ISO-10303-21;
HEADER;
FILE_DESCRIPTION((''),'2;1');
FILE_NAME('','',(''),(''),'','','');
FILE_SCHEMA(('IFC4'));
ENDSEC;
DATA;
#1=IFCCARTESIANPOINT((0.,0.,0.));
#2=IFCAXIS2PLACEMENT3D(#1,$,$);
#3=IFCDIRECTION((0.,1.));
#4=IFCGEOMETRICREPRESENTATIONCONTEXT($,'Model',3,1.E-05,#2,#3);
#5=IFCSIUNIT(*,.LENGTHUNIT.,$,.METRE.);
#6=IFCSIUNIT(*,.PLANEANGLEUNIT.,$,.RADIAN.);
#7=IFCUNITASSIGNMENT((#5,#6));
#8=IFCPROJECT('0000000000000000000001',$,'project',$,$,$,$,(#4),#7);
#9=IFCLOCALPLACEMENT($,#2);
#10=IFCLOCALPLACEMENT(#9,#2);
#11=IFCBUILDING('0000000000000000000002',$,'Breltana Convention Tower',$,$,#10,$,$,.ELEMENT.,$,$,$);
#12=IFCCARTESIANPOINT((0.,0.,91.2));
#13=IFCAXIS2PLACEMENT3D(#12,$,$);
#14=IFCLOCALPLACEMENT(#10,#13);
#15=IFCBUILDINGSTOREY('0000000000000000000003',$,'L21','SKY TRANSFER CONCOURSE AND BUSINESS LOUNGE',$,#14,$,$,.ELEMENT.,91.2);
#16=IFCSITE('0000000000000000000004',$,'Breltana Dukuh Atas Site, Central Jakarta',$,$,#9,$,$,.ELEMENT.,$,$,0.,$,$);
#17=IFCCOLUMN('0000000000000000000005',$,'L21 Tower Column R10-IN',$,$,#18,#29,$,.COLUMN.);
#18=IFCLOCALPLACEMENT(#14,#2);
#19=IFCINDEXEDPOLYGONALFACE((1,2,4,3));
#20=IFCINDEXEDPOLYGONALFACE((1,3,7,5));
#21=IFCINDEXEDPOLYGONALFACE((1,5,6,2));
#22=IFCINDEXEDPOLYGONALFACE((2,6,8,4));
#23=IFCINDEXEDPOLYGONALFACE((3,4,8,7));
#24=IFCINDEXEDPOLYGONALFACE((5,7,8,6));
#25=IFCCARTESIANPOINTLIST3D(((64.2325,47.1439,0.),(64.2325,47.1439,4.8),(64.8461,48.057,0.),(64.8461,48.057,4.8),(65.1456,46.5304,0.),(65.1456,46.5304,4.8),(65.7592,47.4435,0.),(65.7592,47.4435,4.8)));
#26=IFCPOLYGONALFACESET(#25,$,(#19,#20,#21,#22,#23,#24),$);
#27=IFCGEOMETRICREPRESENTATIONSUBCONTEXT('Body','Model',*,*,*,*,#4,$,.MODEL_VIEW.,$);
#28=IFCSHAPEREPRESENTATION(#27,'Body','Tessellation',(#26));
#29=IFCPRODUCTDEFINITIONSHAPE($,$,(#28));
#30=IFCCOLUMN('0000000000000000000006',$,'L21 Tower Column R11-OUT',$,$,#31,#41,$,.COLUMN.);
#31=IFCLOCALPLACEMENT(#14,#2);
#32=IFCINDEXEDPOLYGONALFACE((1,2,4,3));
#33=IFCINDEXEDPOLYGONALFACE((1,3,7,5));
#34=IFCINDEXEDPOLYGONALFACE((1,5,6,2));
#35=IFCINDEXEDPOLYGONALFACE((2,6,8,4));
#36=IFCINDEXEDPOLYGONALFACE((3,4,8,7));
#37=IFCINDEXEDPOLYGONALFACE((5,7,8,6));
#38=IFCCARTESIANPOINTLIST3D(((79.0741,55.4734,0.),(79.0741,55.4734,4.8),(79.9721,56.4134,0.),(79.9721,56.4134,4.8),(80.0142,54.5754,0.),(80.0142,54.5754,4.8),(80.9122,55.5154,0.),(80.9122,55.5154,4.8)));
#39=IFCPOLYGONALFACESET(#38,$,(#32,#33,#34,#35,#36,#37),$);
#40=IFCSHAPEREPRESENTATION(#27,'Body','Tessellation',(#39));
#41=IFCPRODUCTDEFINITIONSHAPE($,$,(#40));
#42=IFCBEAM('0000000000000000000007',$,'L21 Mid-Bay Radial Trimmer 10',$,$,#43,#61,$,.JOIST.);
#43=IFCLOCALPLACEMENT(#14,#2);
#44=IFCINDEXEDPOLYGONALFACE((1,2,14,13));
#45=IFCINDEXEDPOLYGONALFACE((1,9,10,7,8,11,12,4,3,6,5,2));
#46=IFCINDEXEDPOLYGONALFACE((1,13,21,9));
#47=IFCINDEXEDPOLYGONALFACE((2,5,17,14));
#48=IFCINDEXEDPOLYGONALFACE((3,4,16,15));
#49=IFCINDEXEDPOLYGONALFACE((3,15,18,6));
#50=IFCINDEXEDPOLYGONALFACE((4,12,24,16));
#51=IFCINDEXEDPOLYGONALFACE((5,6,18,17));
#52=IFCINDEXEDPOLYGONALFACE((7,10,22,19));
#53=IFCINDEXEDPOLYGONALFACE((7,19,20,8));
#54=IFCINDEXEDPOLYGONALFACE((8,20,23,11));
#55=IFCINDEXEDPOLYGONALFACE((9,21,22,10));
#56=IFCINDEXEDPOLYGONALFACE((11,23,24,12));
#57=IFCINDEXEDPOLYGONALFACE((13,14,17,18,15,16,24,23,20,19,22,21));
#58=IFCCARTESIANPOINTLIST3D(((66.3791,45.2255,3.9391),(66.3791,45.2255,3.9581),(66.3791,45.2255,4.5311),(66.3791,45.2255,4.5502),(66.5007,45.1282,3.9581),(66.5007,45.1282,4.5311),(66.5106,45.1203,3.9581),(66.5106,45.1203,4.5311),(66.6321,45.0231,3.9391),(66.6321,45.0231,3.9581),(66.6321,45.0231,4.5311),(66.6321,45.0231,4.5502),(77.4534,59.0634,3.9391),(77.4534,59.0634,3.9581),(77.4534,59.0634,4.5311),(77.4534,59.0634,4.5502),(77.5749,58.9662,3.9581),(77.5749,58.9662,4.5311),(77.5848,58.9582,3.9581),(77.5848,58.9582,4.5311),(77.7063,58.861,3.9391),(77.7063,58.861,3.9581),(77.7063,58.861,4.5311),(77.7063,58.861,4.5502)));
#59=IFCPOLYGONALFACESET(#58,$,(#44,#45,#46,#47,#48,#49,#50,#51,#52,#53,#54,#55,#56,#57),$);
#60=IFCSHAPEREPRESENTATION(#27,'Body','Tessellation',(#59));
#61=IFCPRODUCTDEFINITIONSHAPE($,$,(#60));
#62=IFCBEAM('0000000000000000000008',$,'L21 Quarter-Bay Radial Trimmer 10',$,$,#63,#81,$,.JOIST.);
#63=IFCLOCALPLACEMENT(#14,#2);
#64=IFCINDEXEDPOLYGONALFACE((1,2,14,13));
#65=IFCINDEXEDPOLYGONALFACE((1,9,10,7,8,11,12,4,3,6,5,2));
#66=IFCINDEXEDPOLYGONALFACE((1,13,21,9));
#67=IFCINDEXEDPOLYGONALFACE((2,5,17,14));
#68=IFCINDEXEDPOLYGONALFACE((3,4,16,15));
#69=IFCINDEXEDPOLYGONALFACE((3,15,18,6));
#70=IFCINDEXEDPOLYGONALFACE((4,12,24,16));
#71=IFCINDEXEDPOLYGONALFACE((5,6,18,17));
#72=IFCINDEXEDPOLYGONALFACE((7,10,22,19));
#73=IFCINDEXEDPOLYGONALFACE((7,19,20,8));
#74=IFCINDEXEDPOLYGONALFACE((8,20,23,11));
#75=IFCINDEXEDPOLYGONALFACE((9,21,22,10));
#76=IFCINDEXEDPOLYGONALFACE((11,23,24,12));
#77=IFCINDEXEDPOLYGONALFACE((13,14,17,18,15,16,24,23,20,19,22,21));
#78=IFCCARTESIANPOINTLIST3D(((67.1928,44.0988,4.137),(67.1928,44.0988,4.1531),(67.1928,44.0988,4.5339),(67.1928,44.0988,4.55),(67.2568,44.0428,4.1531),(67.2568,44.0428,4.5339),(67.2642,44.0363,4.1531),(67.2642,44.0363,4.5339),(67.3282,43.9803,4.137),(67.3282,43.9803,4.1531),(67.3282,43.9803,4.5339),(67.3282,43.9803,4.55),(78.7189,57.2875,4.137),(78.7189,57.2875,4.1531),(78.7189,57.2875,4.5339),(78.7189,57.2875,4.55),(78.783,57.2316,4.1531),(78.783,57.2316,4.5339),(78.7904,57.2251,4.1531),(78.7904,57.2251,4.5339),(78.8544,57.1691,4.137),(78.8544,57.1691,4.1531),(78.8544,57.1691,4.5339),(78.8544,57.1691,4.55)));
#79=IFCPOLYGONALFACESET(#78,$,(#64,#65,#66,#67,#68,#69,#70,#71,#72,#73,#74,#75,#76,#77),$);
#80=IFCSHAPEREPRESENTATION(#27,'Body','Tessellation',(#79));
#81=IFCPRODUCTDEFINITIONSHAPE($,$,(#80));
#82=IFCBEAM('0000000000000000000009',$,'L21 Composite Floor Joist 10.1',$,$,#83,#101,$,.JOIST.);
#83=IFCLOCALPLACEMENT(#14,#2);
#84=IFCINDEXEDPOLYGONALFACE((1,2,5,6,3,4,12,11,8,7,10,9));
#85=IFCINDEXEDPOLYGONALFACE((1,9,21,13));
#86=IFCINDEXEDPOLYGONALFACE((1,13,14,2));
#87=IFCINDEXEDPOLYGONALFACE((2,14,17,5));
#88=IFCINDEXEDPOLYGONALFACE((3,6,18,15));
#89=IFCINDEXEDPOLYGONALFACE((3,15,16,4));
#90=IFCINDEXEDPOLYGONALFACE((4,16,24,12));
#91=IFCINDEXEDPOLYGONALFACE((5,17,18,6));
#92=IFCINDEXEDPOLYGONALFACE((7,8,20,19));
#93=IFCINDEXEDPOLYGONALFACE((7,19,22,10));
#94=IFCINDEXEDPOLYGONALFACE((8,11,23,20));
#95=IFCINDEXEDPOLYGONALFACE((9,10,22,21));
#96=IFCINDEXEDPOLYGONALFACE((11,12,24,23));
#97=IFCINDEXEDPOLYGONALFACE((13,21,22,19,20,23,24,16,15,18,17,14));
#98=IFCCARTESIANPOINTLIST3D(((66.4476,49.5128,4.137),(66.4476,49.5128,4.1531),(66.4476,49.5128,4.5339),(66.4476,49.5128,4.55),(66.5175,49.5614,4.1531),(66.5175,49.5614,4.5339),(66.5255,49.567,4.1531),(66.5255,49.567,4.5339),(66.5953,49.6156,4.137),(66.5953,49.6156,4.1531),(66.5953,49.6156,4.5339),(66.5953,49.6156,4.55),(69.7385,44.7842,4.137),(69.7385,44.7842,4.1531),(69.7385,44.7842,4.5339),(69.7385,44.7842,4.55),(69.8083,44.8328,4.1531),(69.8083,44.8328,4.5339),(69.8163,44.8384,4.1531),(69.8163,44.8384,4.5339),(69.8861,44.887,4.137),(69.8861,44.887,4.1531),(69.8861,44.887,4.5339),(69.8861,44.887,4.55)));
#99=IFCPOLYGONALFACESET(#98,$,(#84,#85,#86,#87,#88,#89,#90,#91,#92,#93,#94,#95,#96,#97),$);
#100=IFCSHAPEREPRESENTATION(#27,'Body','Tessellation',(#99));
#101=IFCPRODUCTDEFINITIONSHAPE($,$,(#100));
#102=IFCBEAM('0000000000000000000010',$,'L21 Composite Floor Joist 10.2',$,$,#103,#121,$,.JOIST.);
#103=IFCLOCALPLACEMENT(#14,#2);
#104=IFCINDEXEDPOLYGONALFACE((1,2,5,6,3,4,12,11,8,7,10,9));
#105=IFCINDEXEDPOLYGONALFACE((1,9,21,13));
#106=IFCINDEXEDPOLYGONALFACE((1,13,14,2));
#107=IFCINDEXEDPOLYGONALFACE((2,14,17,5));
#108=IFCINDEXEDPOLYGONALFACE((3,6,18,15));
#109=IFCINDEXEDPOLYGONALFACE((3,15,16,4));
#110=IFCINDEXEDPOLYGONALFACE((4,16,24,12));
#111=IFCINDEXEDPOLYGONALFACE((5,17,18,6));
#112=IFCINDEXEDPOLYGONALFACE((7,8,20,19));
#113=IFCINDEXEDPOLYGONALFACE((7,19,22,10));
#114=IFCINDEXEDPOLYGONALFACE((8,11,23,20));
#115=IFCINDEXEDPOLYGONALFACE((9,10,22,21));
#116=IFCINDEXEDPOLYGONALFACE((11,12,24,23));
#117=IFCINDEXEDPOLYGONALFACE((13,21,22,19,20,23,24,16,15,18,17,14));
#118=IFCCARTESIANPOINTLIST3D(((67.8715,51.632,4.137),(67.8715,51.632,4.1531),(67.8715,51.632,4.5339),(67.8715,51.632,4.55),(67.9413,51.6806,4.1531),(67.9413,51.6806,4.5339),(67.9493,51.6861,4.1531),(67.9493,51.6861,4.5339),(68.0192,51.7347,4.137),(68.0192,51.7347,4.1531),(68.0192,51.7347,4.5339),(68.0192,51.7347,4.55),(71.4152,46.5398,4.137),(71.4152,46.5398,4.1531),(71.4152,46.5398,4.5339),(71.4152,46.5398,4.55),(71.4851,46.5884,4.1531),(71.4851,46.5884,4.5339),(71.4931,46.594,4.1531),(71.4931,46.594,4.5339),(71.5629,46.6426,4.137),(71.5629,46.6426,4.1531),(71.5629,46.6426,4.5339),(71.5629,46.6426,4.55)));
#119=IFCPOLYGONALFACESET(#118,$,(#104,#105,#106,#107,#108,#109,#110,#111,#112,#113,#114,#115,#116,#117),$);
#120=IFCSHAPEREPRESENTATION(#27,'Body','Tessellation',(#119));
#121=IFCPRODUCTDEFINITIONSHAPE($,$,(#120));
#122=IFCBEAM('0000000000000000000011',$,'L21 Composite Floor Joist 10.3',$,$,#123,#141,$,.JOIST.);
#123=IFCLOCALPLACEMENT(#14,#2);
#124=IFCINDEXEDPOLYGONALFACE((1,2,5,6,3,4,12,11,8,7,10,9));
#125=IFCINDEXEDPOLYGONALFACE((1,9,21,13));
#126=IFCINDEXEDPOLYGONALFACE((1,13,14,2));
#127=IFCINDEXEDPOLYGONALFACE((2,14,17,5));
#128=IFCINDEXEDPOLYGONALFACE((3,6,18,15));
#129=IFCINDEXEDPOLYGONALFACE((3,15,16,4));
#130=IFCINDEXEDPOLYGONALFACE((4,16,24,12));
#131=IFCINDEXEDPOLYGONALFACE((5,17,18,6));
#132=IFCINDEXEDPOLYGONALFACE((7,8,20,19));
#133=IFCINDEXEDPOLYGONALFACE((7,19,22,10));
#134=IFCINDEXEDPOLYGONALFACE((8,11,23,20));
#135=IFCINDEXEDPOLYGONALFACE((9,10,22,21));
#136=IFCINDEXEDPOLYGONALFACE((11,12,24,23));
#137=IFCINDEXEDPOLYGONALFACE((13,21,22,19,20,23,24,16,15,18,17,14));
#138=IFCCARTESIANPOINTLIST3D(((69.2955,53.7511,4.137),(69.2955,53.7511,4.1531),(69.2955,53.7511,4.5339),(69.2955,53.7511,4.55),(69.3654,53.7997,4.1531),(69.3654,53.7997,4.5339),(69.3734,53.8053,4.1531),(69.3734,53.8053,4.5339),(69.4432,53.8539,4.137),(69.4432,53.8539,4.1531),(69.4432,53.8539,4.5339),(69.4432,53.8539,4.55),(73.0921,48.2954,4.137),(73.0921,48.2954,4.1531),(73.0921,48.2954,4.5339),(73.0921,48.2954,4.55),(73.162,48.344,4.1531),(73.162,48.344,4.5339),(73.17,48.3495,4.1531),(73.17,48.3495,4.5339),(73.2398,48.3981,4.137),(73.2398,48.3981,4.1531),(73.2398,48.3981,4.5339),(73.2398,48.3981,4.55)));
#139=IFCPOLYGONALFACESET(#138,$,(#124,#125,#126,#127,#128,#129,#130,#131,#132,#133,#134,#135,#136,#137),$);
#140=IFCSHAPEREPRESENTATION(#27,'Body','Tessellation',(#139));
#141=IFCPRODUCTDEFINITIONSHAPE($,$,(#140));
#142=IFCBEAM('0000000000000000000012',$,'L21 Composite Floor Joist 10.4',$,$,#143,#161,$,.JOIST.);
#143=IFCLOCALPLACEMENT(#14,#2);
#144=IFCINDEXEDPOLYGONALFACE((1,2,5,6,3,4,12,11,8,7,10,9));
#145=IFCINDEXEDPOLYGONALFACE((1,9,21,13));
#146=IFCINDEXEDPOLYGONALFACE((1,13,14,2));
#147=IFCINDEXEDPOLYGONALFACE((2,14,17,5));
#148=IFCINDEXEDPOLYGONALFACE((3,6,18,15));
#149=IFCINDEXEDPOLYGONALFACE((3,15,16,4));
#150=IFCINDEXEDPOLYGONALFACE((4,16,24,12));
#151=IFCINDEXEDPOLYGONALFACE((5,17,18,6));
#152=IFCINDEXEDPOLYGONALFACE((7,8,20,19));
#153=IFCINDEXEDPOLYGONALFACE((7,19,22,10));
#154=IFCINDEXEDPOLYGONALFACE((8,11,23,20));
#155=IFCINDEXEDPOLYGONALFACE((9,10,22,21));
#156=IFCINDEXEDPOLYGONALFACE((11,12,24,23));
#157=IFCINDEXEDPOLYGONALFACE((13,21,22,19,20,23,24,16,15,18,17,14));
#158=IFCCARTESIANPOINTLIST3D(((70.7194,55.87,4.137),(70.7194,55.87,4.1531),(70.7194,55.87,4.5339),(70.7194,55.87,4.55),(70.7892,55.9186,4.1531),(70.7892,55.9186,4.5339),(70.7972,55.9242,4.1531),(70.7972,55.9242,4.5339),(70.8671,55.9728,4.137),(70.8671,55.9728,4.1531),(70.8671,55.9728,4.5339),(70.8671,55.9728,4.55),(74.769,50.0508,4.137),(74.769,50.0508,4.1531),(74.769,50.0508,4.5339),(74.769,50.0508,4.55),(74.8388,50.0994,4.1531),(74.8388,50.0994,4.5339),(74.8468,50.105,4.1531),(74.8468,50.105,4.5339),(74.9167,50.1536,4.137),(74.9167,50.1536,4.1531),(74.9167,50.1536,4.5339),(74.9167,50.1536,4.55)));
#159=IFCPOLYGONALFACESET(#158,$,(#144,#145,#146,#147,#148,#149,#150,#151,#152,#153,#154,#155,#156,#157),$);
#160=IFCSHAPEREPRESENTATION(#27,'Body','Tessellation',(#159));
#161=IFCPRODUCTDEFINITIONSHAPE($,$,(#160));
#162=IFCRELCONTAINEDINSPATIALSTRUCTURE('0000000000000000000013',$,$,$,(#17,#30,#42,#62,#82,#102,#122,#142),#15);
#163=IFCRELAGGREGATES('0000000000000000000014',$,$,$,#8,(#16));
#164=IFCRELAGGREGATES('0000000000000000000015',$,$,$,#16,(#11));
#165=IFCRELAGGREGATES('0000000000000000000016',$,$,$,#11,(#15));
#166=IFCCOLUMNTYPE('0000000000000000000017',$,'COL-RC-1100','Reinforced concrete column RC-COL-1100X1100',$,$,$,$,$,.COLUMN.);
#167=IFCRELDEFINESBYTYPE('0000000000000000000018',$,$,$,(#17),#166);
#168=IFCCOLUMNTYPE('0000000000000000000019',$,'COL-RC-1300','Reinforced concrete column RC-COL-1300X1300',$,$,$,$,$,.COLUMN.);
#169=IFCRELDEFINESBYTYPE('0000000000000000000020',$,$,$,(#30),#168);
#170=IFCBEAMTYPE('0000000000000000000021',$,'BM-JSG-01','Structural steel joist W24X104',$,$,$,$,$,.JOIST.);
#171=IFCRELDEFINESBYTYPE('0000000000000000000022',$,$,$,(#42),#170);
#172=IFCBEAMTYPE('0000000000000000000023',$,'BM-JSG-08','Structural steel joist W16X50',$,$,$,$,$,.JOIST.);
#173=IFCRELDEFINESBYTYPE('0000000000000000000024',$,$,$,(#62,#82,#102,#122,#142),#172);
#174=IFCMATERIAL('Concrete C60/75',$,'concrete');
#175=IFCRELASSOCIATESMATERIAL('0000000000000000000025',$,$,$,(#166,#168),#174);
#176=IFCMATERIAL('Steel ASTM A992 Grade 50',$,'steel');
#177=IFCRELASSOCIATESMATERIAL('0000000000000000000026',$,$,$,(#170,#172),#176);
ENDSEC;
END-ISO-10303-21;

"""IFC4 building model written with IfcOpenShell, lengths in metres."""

from ifc_helpers import new_model, si_unit, direction, frame, origin, origin_2d, place, context, subcontext, project, spatial, rectangle, i_section, extrude, source, transform, mapped, material, material_profile, profile_set, type_object, element, save


model = new_model("IFC4")

# Units and contexts
model_context = context("Model", 3, precision=1e-05, world=origin(), true_north=direction((0.0, 1.0)))
body_context = subcontext(model_context, "Body", "Model", "MODEL_VIEW")
ifc_project = project(units=[si_unit("LENGTHUNIT", "METRE"), si_unit("PLANEANGLEUNIT", "RADIAN")], contexts=[model_context])

# Site, building, storey
site_placement = place(None, origin())
site = spatial("IfcSite", under=ifc_project, at=site_placement, Name="Breltana Dukuh Atas Site, Central Jakarta", CompositionType="ELEMENT", RefElevation=0.0)
building_placement = place(site_placement, origin())
building = spatial("IfcBuilding", under=site, at=building_placement, Name="Breltana Convention Tower", CompositionType="ELEMENT")
storey_placement = place(building_placement, frame((0.0, 0.0, 91.2)))
storey = spatial("IfcBuildingStorey", under=building, at=storey_placement, Name="L21", Description="SKY TRANSFER CONCOURSE AND BUSINESS LOUNGE", CompositionType="ELEMENT", Elevation=91.2)

# Columns
ifc_material_1 = material(Name="Concrete C60/75", Category="concrete")
ifc_material_profile_1 = material_profile(ifc_material_1, rectangle(XDim=1.1001, YDim=1.1001, at=origin_2d()), Name="RC-COL-1100X1100")
ifc_profile_set_1 = profile_set([ifc_material_profile_1], Name="Concrete C60/75")
column_type_1 = type_object("IfcColumnType", Name="COL-RC-1100", Description="Reinforced concrete column RC-COL-1100X1100", PredefinedType="COLUMN", material=ifc_profile_set_1)
shared_shape_1 = source(origin(), body_context, "Body", "SweptSolid", [
    extrude(rectangle(XDim=1.1001, YDim=1.1001, at=origin_2d()), origin(), (0.0, 0.0, 1.0), 4.8),
])
column_1_placement = place(storey_placement, frame((64.9958, 47.2937, 0.0), z_axis=(0.0, 0.0, 1.0), x_axis=(0.557745, 0.830012, 0.0)))
element("IfcColumn", 1, at=column_1_placement, inside=storey, type_object=column_type_1, Name="L21 Tower Column R10-IN", PredefinedType="COLUMN", context=body_context, shape_type="MappedRepresentation", body=[
    mapped(shared_shape_1, transform((0.0, 0.0, 0.0), scale=1.0)),
])
ifc_material_profile_2 = material_profile(ifc_material_1, rectangle(XDim=1.3, YDim=1.3, at=origin_2d()), Name="RC-COL-1300X1300")
ifc_profile_set_2 = profile_set([ifc_material_profile_2], Name="Concrete C60/75")
column_type_2 = type_object("IfcColumnType", Name="COL-RC-1300", Description="Reinforced concrete column RC-COL-1300X1300", PredefinedType="COLUMN", material=ifc_profile_set_2)
shared_shape_2 = source(origin(), body_context, "Body", "SweptSolid", [
    extrude(rectangle(XDim=1.3, YDim=1.3, at=origin_2d()), origin(), (0.0, 0.0, 1.0), 4.8),
])
column_2_placement = place(storey_placement, frame((79.9932, 55.4944, 0.0), z_axis=(0.0, 0.0, 1.0), x_axis=(0.690756, 0.723088, 0.0)))
element("IfcColumn", 2, at=column_2_placement, inside=storey, type_object=column_type_2, Name="L21 Tower Column R11-OUT", PredefinedType="COLUMN", context=body_context, shape_type="MappedRepresentation", body=[
    mapped(shared_shape_2, transform((0.0, 0.0, 0.0), scale=1.0)),
])

# Beams
ifc_material_2 = material(Name="Steel ASTM A992 Grade 50", Category="steel")
ifc_material_profile_3 = material_profile(ifc_material_2, i_section(OverallWidth=0.324, OverallDepth=0.6111, WebThickness=0.0127, FlangeThickness=0.019, at=origin_2d()), Name="W24X104")
ifc_profile_set_3 = profile_set([ifc_material_profile_3], Name="Steel ASTM A992 Grade 50")
beam_type_1 = type_object("IfcBeamType", Name="BM-JSG-01", Description="Structural steel joist W24X104", PredefinedType="JOIST", material=ifc_profile_set_3)
shared_shape_3 = source(origin(), body_context, "Body", "SweptSolid", [
    extrude(i_section(OverallWidth=0.324, OverallDepth=0.6111, WebThickness=0.0127, FlangeThickness=0.019, at=origin_2d()), origin(), (0.0, 0.0, 1.0), 17.7236),
])
beam_1_placement = place(storey_placement, frame((66.5056, 45.1243, 4.2446), z_axis=(0.624829, 0.780761, 0.0), x_axis=(-0.780761, 0.624829, 0.0)))
element("IfcBeam", 3, at=beam_1_placement, inside=storey, type_object=beam_type_1, Name="L21 Mid-Bay Radial Trimmer 10", PredefinedType="JOIST", context=body_context, shape_type="MappedRepresentation", body=[
    mapped(shared_shape_3, transform((0.0, 0.0, 0.0), scale=1.0)),
])
ifc_material_profile_4 = material_profile(ifc_material_2, i_section(OverallWidth=0.1799, OverallDepth=0.4131, WebThickness=0.0098, FlangeThickness=0.0161, at=origin_2d()), Name="W16X50")
ifc_profile_set_4 = profile_set([ifc_material_profile_4], Name="Steel ASTM A992 Grade 50")
beam_type_2 = type_object("IfcBeamType", Name="BM-JSG-08", Description="Structural steel joist W16X50", PredefinedType="JOIST", material=ifc_profile_set_4)
shared_shape_4 = source(origin(), body_context, "Body", "SweptSolid", [
    extrude(i_section(OverallWidth=0.1799, OverallDepth=0.4131, WebThickness=0.0098, FlangeThickness=0.0161, at=origin_2d()), origin(), (0.0, 0.0, 1.0), 17.5156),
])
beam_2_placement = place(storey_placement, frame((67.2605, 44.0396, 4.3435), z_axis=(0.658052, 0.752973, 0.0), x_axis=(-0.752973, 0.658052, 0.0)))
element("IfcBeam", 4, at=beam_2_placement, inside=storey, type_object=beam_type_2, Name="L21 Quarter-Bay Radial Trimmer 10", PredefinedType="JOIST", context=body_context, shape_type="MappedRepresentation", body=[
    mapped(shared_shape_4, transform((0.0, 0.0, 0.0), scale=1.0)),
])
shared_shape_5 = source(origin(), body_context, "Body", "SweptSolid", [
    extrude(i_section(OverallWidth=0.1799, OverallDepth=0.4131, WebThickness=0.0098, FlangeThickness=0.0161, at=origin_2d()), origin(), (0.0, 0.0, 1.0), 5.761),
])
beam_3_placement = place(storey_placement, frame((66.5215, 49.5642, 4.3435), z_axis=(0.571225, -0.820794, 0.0), x_axis=(0.820794, 0.571225, 0.0)))
element("IfcBeam", 5, at=beam_3_placement, inside=storey, type_object=beam_type_2, Name="L21 Composite Floor Joist 10.1", PredefinedType="JOIST", context=body_context, shape_type="MappedRepresentation", body=[
    mapped(shared_shape_5, transform((0.0, 0.0, 0.0), scale=1.0)),
])
shared_shape_6 = source(origin(), body_context, "Body", "SweptSolid", [
    extrude(i_section(OverallWidth=0.1799, OverallDepth=0.4131, WebThickness=0.0098, FlangeThickness=0.0161, at=origin_2d()), origin(), (0.0, 0.0, 1.0), 6.2039),
])
beam_4_placement = place(storey_placement, frame((67.9453, 51.6833, 4.3435), z_axis=(0.571218, -0.820799, 0.0), x_axis=(0.820799, 0.571218, 0.0)))
element("IfcBeam", 6, at=beam_4_placement, inside=storey, type_object=beam_type_2, Name="L21 Composite Floor Joist 10.2", PredefinedType="JOIST", context=body_context, shape_type="MappedRepresentation", body=[
    mapped(shared_shape_6, transform((0.0, 0.0, 0.0), scale=1.0)),
])
shared_shape_7 = source(origin(), body_context, "Body", "SweptSolid", [
    extrude(i_section(OverallWidth=0.1799, OverallDepth=0.4131, WebThickness=0.0098, FlangeThickness=0.0161, at=origin_2d()), origin(), (0.0, 0.0, 1.0), 6.6467),
])
beam_5_placement = place(storey_placement, frame((69.3694, 53.8025, 4.3435), z_axis=(0.571195, -0.820815, 0.0), x_axis=(0.820815, 0.571195, 0.0)))
element("IfcBeam", 7, at=beam_5_placement, inside=storey, type_object=beam_type_2, Name="L21 Composite Floor Joist 10.3", PredefinedType="JOIST", context=body_context, shape_type="MappedRepresentation", body=[
    mapped(shared_shape_7, transform((0.0, 0.0, 0.0), scale=1.0)),
])
shared_shape_8 = source(origin(), body_context, "Body", "SweptSolid", [
    extrude(i_section(OverallWidth=0.1799, OverallDepth=0.4131, WebThickness=0.0098, FlangeThickness=0.0161, at=origin_2d()), origin(), (0.0, 0.0, 1.0), 7.0896),
])
beam_6_placement = place(storey_placement, frame((70.7932, 55.9214, 4.3435), z_axis=(0.571207, -0.820806, 0.0), x_axis=(0.820806, 0.571207, 0.0)))
element("IfcBeam", 8, at=beam_6_placement, inside=storey, type_object=beam_type_2, Name="L21 Composite Floor Joist 10.4", PredefinedType="JOIST", context=body_context, shape_type="MappedRepresentation", body=[
    mapped(shared_shape_8, transform((0.0, 0.0, 0.0), scale=1.0)),
])

save(model, "model.ifc")
